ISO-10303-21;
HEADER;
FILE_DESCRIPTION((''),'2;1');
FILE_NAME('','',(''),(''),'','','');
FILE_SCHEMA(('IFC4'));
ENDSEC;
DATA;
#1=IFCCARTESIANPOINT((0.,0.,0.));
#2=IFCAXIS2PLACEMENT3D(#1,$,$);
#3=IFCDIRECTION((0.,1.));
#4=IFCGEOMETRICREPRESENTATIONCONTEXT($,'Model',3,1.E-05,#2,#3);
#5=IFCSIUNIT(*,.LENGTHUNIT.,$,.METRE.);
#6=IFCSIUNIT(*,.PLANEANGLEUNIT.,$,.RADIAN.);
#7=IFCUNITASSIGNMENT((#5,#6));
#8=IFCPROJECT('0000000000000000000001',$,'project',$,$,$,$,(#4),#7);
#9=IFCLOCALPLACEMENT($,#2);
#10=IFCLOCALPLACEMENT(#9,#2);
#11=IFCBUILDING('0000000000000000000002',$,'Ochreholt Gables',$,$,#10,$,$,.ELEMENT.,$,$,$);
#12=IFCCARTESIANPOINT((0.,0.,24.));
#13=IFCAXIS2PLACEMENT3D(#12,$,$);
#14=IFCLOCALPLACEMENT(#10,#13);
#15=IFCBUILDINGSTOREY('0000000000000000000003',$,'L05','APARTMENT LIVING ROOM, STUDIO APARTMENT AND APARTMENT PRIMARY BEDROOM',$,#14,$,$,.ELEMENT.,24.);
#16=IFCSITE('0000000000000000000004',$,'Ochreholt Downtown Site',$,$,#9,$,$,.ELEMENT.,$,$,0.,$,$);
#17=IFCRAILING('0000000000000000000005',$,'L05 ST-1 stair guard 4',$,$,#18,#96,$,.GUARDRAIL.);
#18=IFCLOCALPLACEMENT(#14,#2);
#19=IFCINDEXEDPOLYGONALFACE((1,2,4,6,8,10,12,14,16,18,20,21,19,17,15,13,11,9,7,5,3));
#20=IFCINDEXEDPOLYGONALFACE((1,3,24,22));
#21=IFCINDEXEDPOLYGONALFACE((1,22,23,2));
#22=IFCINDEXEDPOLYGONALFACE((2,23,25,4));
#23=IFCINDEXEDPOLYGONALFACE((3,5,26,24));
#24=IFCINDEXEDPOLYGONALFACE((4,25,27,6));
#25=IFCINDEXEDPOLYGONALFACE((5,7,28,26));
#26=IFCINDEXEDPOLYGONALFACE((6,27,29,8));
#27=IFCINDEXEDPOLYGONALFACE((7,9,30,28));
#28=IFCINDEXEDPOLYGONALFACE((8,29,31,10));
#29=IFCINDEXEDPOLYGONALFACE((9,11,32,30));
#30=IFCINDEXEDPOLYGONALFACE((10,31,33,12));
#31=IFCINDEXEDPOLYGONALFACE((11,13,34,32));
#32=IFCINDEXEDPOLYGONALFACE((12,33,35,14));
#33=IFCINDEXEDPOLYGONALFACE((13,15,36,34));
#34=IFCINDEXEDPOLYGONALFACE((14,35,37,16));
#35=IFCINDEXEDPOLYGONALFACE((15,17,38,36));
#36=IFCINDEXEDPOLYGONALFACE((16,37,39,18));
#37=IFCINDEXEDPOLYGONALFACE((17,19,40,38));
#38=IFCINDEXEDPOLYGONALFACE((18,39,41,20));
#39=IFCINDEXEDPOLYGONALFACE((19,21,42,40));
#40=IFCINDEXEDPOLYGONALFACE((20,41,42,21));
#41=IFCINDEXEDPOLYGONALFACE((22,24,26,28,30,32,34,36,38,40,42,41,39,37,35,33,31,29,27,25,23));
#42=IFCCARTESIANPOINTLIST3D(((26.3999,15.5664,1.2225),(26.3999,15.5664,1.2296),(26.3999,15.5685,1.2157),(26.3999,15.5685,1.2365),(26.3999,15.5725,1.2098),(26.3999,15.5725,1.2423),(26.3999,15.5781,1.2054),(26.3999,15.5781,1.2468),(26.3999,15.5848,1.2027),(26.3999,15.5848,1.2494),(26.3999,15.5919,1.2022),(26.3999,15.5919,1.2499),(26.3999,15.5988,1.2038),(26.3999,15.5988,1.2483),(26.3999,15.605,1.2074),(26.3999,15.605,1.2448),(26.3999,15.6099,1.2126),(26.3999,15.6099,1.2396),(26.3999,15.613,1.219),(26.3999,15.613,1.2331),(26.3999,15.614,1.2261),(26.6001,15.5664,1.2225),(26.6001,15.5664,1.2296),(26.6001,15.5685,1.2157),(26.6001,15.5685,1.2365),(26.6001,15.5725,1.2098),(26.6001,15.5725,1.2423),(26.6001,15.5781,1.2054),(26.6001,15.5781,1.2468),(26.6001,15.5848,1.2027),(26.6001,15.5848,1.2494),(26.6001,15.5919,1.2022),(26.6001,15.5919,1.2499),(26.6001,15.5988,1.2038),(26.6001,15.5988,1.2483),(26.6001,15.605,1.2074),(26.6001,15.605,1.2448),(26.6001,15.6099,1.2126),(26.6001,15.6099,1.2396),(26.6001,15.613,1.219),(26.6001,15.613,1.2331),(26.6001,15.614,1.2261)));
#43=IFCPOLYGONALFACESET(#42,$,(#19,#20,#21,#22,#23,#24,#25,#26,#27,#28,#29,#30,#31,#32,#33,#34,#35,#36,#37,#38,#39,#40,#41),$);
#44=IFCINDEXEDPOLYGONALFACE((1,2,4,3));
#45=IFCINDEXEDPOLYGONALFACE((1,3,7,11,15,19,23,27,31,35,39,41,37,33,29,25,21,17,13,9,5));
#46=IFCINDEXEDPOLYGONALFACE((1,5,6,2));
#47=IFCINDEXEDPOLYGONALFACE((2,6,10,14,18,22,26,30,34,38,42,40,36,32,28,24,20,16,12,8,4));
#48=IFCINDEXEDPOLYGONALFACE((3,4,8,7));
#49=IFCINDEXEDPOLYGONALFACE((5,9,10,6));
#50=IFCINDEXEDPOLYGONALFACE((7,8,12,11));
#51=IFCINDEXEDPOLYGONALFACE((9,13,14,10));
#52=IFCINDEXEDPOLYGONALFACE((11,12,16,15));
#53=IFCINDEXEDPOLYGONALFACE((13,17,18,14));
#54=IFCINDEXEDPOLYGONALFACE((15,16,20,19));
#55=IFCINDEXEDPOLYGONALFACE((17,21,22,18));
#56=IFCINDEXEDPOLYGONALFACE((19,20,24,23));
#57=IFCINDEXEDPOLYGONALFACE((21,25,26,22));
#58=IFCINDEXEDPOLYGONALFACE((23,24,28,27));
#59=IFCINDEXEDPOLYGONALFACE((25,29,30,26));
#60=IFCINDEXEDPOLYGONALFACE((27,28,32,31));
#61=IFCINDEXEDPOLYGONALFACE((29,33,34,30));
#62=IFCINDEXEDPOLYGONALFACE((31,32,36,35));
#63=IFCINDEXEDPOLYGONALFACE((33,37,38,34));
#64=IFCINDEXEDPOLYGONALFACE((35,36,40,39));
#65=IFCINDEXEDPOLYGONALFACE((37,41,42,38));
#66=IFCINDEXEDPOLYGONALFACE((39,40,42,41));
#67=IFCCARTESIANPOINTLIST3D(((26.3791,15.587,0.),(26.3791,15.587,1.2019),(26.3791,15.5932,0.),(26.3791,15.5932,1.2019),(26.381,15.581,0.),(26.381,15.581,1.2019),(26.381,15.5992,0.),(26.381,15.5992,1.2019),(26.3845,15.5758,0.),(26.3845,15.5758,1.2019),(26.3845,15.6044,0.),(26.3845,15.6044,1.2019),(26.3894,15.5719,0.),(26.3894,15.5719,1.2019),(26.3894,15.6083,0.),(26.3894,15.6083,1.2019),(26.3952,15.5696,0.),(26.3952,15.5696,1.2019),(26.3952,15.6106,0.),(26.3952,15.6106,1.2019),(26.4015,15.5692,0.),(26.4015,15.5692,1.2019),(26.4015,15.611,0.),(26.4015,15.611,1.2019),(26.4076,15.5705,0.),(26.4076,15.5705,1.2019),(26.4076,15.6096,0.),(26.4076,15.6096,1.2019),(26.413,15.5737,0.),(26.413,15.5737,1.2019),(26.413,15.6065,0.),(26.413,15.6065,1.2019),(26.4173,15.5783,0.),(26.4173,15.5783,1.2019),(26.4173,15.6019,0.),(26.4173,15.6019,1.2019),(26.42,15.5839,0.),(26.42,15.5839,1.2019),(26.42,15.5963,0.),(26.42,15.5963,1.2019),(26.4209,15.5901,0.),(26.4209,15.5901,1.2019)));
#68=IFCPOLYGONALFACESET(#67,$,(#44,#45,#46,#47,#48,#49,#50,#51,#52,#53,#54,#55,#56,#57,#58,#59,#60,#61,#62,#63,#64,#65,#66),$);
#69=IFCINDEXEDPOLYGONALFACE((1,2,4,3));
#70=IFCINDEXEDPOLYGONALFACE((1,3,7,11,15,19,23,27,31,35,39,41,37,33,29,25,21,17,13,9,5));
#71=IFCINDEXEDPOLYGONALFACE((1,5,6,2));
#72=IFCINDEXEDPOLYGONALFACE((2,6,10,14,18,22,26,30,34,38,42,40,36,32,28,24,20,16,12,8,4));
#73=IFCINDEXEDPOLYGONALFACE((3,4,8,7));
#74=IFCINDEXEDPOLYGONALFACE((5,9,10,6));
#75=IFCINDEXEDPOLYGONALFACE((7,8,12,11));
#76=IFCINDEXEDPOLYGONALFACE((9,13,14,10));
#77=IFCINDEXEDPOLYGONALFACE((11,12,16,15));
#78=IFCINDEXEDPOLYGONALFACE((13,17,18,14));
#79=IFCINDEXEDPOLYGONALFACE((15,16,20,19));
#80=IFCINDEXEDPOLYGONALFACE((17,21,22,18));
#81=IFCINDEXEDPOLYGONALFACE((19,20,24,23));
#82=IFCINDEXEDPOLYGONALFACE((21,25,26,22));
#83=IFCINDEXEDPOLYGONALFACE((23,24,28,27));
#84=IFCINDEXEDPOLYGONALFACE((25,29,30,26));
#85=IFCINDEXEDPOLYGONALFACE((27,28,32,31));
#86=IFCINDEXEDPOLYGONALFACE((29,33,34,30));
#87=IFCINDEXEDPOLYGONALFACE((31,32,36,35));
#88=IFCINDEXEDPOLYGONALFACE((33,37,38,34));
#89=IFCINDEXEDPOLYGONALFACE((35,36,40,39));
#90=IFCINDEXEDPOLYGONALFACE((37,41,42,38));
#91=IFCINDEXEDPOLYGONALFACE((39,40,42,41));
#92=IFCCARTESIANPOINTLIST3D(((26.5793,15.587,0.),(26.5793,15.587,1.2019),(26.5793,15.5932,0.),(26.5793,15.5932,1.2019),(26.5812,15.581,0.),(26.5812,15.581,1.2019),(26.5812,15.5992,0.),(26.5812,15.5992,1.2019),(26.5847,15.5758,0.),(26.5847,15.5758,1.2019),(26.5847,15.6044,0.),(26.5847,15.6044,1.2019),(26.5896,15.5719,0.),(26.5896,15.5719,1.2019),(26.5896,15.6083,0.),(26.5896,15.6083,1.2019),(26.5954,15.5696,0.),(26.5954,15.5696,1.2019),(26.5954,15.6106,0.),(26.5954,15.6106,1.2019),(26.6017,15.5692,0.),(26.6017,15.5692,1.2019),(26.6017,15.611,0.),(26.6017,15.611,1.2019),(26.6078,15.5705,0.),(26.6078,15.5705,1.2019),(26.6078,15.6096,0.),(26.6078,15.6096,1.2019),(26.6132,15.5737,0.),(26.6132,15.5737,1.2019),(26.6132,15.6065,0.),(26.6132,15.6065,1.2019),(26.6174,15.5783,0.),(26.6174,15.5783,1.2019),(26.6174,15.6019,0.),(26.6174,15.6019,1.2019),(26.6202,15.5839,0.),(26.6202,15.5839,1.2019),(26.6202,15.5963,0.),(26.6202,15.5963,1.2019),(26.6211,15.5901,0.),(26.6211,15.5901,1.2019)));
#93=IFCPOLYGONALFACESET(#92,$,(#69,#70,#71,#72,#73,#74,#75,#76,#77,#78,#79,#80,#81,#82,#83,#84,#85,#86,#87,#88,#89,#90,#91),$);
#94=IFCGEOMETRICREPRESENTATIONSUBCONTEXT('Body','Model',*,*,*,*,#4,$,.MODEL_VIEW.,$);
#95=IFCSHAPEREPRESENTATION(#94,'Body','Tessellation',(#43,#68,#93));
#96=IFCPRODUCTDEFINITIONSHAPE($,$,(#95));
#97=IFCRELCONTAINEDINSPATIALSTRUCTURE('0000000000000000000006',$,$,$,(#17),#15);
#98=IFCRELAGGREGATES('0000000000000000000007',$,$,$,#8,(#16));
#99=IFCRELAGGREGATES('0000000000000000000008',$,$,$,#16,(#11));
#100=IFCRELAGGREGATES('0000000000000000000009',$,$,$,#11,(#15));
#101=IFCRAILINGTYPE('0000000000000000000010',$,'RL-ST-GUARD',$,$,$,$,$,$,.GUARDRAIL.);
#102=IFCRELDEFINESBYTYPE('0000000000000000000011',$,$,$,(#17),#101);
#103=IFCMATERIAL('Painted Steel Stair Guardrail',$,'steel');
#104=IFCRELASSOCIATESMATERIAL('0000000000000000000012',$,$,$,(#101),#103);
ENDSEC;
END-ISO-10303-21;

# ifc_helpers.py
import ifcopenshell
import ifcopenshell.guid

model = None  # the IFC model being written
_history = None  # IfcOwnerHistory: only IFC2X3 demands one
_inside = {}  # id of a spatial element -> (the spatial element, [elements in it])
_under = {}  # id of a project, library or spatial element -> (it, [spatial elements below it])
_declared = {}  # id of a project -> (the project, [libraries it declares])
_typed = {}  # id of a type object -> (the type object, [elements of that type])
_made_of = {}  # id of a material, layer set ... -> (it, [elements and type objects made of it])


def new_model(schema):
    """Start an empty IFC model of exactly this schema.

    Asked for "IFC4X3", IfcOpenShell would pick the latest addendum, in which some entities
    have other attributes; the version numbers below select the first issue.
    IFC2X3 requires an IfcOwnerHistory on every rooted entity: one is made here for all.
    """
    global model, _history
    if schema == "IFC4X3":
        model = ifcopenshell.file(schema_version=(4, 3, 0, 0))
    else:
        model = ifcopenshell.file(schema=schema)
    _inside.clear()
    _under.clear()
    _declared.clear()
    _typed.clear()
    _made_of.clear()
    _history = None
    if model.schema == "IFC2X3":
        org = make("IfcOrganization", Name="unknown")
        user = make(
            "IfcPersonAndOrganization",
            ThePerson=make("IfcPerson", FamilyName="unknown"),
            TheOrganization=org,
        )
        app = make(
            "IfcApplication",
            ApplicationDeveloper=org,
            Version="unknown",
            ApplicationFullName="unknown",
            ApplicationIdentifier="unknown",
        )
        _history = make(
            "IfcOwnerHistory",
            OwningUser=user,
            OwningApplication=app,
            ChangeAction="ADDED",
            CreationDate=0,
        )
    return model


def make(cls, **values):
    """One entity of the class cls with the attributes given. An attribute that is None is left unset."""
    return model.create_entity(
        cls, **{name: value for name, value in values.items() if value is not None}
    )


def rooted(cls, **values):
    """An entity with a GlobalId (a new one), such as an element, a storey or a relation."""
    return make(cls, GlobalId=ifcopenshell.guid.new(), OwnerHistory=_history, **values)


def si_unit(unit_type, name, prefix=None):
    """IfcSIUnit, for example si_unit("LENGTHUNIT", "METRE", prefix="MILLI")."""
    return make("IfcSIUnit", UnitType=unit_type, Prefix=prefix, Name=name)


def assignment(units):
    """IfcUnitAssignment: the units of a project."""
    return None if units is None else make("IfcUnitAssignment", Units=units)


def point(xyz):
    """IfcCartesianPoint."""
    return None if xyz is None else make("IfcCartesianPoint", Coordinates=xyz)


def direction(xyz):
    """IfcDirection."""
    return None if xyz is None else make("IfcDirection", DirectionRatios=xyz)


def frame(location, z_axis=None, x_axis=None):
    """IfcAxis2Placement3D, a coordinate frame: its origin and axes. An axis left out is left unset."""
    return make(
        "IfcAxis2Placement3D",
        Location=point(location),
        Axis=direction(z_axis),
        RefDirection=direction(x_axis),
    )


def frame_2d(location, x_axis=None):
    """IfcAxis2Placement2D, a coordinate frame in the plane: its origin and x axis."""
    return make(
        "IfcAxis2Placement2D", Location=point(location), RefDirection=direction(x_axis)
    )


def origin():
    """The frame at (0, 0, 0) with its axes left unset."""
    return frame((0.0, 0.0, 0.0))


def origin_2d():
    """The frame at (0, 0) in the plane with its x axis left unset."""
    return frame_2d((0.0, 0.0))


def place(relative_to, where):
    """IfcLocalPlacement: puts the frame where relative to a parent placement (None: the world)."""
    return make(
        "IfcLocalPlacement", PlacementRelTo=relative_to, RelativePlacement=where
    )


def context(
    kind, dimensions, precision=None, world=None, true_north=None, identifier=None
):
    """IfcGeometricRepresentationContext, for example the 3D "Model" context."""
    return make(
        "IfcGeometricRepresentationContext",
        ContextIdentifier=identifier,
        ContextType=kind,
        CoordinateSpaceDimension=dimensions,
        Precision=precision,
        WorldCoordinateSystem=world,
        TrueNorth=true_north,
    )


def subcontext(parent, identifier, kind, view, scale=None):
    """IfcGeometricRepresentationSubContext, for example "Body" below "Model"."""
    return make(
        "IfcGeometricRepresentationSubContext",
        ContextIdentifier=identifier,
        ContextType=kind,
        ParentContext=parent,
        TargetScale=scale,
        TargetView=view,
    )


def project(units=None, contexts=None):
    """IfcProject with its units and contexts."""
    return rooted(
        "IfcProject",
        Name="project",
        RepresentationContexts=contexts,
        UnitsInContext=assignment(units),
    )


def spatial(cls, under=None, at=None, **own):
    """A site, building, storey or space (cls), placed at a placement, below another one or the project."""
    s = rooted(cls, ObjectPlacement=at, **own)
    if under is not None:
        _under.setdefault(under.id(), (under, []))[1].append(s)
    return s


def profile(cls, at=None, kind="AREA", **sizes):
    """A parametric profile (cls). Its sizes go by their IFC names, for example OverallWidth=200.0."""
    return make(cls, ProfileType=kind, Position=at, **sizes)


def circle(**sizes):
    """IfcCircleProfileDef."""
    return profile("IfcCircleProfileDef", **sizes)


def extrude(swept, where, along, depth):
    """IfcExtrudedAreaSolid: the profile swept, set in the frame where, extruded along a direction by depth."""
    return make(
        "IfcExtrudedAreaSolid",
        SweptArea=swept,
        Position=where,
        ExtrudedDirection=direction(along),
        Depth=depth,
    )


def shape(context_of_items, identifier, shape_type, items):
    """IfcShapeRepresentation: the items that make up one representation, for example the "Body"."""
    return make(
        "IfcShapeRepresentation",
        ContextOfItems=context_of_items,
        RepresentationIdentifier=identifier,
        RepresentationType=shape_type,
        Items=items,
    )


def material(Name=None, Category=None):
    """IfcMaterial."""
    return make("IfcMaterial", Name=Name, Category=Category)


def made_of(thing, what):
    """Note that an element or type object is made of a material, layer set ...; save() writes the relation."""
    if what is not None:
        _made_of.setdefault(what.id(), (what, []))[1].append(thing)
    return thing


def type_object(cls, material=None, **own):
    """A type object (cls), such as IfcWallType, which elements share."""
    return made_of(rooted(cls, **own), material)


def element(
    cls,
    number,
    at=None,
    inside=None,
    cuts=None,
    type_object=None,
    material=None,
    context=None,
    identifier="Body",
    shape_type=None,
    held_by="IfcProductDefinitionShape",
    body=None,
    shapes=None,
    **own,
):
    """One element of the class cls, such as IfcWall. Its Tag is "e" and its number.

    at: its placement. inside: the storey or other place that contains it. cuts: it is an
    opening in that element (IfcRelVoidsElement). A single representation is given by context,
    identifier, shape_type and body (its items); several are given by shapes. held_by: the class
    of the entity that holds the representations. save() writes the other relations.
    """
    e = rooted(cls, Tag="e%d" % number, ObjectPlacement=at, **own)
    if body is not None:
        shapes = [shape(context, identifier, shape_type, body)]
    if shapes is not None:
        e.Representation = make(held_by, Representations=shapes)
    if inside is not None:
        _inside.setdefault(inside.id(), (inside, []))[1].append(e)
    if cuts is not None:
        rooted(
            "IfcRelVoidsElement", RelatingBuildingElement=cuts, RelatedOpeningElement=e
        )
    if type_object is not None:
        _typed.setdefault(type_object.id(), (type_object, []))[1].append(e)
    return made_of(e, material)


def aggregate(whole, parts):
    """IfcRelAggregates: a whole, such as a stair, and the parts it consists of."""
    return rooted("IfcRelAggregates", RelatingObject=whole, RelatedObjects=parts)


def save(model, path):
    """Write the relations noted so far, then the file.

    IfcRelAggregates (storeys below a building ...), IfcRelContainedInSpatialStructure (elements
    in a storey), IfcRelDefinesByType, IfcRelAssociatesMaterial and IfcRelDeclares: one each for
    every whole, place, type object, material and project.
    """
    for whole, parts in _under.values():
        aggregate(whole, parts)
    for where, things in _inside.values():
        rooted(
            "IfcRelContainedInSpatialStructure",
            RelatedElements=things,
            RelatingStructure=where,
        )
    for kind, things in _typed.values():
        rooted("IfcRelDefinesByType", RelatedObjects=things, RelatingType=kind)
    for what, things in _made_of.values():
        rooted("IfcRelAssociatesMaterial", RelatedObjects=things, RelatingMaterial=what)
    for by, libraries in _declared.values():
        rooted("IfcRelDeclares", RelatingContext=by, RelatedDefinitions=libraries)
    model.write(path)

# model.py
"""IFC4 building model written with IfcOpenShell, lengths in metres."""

from ifc_helpers import new_model, si_unit, direction, frame, origin, origin_2d, place, context, subcontext, project, spatial, circle, extrude, material, type_object, element, save


model = new_model("IFC4")

# Units and contexts
model_context = context("Model", 3, precision=1e-05, world=origin(), true_north=direction((0.0, 1.0)))
body_context = subcontext(model_context, "Body", "Model", "MODEL_VIEW")
ifc_project = project(units=[si_unit("LENGTHUNIT", "METRE"), si_unit("PLANEANGLEUNIT", "RADIAN")], contexts=[model_context])

# Site, building, storey
site_placement = place(None, origin())
site = spatial("IfcSite", under=ifc_project, at=site_placement, Name="Ochreholt Downtown Site", CompositionType="ELEMENT", RefElevation=0.0)
building_placement = place(site_placement, origin())
building = spatial("IfcBuilding", under=site, at=building_placement, Name="Ochreholt Gables", CompositionType="ELEMENT")
storey_placement = place(building_placement, frame((0.0, 0.0, 24.0)))
storey = spatial("IfcBuildingStorey", under=building, at=storey_placement, Name="L05", Description="APARTMENT LIVING ROOM, STUDIO APARTMENT AND APARTMENT PRIMARY BEDROOM", CompositionType="ELEMENT", Elevation=24.0)

# Railing
ifc_material_1 = material(Name="Painted Steel Stair Guardrail", Category="steel")
railing_type_1 = type_object("IfcRailingType", Name="RL-ST-GUARD", PredefinedType="GUARDRAIL", material=ifc_material_1)
railing_1_placement = place(storey_placement, frame((26.3999, 15.5901, 0.0)))
element("IfcRailing", 1, at=railing_1_placement, inside=storey, type_object=railing_type_1, Name="L05 ST-1 stair guard 4", PredefinedType="GUARDRAIL", context=body_context, shape_type="SweptSolid", body=[
    extrude(circle(Radius=0.0239, at=origin_2d()), frame((0.0, 0.0, 1.2261), z_axis=(1.0, 0.0, 0.0), x_axis=(0.0, 1.0, 0.0)), (0.0, 0.0, 1.0), 0.2002),
    extrude(circle(Radius=0.021, at=origin_2d()), origin(), (0.0, 0.0, 1.0), 1.2019),
    extrude(circle(Radius=0.021, at=origin_2d()), frame((0.2002, 0.0, 0.0)), (0.0, 0.0, 1.0), 1.2019),
])

save(model, "model.ifc")
